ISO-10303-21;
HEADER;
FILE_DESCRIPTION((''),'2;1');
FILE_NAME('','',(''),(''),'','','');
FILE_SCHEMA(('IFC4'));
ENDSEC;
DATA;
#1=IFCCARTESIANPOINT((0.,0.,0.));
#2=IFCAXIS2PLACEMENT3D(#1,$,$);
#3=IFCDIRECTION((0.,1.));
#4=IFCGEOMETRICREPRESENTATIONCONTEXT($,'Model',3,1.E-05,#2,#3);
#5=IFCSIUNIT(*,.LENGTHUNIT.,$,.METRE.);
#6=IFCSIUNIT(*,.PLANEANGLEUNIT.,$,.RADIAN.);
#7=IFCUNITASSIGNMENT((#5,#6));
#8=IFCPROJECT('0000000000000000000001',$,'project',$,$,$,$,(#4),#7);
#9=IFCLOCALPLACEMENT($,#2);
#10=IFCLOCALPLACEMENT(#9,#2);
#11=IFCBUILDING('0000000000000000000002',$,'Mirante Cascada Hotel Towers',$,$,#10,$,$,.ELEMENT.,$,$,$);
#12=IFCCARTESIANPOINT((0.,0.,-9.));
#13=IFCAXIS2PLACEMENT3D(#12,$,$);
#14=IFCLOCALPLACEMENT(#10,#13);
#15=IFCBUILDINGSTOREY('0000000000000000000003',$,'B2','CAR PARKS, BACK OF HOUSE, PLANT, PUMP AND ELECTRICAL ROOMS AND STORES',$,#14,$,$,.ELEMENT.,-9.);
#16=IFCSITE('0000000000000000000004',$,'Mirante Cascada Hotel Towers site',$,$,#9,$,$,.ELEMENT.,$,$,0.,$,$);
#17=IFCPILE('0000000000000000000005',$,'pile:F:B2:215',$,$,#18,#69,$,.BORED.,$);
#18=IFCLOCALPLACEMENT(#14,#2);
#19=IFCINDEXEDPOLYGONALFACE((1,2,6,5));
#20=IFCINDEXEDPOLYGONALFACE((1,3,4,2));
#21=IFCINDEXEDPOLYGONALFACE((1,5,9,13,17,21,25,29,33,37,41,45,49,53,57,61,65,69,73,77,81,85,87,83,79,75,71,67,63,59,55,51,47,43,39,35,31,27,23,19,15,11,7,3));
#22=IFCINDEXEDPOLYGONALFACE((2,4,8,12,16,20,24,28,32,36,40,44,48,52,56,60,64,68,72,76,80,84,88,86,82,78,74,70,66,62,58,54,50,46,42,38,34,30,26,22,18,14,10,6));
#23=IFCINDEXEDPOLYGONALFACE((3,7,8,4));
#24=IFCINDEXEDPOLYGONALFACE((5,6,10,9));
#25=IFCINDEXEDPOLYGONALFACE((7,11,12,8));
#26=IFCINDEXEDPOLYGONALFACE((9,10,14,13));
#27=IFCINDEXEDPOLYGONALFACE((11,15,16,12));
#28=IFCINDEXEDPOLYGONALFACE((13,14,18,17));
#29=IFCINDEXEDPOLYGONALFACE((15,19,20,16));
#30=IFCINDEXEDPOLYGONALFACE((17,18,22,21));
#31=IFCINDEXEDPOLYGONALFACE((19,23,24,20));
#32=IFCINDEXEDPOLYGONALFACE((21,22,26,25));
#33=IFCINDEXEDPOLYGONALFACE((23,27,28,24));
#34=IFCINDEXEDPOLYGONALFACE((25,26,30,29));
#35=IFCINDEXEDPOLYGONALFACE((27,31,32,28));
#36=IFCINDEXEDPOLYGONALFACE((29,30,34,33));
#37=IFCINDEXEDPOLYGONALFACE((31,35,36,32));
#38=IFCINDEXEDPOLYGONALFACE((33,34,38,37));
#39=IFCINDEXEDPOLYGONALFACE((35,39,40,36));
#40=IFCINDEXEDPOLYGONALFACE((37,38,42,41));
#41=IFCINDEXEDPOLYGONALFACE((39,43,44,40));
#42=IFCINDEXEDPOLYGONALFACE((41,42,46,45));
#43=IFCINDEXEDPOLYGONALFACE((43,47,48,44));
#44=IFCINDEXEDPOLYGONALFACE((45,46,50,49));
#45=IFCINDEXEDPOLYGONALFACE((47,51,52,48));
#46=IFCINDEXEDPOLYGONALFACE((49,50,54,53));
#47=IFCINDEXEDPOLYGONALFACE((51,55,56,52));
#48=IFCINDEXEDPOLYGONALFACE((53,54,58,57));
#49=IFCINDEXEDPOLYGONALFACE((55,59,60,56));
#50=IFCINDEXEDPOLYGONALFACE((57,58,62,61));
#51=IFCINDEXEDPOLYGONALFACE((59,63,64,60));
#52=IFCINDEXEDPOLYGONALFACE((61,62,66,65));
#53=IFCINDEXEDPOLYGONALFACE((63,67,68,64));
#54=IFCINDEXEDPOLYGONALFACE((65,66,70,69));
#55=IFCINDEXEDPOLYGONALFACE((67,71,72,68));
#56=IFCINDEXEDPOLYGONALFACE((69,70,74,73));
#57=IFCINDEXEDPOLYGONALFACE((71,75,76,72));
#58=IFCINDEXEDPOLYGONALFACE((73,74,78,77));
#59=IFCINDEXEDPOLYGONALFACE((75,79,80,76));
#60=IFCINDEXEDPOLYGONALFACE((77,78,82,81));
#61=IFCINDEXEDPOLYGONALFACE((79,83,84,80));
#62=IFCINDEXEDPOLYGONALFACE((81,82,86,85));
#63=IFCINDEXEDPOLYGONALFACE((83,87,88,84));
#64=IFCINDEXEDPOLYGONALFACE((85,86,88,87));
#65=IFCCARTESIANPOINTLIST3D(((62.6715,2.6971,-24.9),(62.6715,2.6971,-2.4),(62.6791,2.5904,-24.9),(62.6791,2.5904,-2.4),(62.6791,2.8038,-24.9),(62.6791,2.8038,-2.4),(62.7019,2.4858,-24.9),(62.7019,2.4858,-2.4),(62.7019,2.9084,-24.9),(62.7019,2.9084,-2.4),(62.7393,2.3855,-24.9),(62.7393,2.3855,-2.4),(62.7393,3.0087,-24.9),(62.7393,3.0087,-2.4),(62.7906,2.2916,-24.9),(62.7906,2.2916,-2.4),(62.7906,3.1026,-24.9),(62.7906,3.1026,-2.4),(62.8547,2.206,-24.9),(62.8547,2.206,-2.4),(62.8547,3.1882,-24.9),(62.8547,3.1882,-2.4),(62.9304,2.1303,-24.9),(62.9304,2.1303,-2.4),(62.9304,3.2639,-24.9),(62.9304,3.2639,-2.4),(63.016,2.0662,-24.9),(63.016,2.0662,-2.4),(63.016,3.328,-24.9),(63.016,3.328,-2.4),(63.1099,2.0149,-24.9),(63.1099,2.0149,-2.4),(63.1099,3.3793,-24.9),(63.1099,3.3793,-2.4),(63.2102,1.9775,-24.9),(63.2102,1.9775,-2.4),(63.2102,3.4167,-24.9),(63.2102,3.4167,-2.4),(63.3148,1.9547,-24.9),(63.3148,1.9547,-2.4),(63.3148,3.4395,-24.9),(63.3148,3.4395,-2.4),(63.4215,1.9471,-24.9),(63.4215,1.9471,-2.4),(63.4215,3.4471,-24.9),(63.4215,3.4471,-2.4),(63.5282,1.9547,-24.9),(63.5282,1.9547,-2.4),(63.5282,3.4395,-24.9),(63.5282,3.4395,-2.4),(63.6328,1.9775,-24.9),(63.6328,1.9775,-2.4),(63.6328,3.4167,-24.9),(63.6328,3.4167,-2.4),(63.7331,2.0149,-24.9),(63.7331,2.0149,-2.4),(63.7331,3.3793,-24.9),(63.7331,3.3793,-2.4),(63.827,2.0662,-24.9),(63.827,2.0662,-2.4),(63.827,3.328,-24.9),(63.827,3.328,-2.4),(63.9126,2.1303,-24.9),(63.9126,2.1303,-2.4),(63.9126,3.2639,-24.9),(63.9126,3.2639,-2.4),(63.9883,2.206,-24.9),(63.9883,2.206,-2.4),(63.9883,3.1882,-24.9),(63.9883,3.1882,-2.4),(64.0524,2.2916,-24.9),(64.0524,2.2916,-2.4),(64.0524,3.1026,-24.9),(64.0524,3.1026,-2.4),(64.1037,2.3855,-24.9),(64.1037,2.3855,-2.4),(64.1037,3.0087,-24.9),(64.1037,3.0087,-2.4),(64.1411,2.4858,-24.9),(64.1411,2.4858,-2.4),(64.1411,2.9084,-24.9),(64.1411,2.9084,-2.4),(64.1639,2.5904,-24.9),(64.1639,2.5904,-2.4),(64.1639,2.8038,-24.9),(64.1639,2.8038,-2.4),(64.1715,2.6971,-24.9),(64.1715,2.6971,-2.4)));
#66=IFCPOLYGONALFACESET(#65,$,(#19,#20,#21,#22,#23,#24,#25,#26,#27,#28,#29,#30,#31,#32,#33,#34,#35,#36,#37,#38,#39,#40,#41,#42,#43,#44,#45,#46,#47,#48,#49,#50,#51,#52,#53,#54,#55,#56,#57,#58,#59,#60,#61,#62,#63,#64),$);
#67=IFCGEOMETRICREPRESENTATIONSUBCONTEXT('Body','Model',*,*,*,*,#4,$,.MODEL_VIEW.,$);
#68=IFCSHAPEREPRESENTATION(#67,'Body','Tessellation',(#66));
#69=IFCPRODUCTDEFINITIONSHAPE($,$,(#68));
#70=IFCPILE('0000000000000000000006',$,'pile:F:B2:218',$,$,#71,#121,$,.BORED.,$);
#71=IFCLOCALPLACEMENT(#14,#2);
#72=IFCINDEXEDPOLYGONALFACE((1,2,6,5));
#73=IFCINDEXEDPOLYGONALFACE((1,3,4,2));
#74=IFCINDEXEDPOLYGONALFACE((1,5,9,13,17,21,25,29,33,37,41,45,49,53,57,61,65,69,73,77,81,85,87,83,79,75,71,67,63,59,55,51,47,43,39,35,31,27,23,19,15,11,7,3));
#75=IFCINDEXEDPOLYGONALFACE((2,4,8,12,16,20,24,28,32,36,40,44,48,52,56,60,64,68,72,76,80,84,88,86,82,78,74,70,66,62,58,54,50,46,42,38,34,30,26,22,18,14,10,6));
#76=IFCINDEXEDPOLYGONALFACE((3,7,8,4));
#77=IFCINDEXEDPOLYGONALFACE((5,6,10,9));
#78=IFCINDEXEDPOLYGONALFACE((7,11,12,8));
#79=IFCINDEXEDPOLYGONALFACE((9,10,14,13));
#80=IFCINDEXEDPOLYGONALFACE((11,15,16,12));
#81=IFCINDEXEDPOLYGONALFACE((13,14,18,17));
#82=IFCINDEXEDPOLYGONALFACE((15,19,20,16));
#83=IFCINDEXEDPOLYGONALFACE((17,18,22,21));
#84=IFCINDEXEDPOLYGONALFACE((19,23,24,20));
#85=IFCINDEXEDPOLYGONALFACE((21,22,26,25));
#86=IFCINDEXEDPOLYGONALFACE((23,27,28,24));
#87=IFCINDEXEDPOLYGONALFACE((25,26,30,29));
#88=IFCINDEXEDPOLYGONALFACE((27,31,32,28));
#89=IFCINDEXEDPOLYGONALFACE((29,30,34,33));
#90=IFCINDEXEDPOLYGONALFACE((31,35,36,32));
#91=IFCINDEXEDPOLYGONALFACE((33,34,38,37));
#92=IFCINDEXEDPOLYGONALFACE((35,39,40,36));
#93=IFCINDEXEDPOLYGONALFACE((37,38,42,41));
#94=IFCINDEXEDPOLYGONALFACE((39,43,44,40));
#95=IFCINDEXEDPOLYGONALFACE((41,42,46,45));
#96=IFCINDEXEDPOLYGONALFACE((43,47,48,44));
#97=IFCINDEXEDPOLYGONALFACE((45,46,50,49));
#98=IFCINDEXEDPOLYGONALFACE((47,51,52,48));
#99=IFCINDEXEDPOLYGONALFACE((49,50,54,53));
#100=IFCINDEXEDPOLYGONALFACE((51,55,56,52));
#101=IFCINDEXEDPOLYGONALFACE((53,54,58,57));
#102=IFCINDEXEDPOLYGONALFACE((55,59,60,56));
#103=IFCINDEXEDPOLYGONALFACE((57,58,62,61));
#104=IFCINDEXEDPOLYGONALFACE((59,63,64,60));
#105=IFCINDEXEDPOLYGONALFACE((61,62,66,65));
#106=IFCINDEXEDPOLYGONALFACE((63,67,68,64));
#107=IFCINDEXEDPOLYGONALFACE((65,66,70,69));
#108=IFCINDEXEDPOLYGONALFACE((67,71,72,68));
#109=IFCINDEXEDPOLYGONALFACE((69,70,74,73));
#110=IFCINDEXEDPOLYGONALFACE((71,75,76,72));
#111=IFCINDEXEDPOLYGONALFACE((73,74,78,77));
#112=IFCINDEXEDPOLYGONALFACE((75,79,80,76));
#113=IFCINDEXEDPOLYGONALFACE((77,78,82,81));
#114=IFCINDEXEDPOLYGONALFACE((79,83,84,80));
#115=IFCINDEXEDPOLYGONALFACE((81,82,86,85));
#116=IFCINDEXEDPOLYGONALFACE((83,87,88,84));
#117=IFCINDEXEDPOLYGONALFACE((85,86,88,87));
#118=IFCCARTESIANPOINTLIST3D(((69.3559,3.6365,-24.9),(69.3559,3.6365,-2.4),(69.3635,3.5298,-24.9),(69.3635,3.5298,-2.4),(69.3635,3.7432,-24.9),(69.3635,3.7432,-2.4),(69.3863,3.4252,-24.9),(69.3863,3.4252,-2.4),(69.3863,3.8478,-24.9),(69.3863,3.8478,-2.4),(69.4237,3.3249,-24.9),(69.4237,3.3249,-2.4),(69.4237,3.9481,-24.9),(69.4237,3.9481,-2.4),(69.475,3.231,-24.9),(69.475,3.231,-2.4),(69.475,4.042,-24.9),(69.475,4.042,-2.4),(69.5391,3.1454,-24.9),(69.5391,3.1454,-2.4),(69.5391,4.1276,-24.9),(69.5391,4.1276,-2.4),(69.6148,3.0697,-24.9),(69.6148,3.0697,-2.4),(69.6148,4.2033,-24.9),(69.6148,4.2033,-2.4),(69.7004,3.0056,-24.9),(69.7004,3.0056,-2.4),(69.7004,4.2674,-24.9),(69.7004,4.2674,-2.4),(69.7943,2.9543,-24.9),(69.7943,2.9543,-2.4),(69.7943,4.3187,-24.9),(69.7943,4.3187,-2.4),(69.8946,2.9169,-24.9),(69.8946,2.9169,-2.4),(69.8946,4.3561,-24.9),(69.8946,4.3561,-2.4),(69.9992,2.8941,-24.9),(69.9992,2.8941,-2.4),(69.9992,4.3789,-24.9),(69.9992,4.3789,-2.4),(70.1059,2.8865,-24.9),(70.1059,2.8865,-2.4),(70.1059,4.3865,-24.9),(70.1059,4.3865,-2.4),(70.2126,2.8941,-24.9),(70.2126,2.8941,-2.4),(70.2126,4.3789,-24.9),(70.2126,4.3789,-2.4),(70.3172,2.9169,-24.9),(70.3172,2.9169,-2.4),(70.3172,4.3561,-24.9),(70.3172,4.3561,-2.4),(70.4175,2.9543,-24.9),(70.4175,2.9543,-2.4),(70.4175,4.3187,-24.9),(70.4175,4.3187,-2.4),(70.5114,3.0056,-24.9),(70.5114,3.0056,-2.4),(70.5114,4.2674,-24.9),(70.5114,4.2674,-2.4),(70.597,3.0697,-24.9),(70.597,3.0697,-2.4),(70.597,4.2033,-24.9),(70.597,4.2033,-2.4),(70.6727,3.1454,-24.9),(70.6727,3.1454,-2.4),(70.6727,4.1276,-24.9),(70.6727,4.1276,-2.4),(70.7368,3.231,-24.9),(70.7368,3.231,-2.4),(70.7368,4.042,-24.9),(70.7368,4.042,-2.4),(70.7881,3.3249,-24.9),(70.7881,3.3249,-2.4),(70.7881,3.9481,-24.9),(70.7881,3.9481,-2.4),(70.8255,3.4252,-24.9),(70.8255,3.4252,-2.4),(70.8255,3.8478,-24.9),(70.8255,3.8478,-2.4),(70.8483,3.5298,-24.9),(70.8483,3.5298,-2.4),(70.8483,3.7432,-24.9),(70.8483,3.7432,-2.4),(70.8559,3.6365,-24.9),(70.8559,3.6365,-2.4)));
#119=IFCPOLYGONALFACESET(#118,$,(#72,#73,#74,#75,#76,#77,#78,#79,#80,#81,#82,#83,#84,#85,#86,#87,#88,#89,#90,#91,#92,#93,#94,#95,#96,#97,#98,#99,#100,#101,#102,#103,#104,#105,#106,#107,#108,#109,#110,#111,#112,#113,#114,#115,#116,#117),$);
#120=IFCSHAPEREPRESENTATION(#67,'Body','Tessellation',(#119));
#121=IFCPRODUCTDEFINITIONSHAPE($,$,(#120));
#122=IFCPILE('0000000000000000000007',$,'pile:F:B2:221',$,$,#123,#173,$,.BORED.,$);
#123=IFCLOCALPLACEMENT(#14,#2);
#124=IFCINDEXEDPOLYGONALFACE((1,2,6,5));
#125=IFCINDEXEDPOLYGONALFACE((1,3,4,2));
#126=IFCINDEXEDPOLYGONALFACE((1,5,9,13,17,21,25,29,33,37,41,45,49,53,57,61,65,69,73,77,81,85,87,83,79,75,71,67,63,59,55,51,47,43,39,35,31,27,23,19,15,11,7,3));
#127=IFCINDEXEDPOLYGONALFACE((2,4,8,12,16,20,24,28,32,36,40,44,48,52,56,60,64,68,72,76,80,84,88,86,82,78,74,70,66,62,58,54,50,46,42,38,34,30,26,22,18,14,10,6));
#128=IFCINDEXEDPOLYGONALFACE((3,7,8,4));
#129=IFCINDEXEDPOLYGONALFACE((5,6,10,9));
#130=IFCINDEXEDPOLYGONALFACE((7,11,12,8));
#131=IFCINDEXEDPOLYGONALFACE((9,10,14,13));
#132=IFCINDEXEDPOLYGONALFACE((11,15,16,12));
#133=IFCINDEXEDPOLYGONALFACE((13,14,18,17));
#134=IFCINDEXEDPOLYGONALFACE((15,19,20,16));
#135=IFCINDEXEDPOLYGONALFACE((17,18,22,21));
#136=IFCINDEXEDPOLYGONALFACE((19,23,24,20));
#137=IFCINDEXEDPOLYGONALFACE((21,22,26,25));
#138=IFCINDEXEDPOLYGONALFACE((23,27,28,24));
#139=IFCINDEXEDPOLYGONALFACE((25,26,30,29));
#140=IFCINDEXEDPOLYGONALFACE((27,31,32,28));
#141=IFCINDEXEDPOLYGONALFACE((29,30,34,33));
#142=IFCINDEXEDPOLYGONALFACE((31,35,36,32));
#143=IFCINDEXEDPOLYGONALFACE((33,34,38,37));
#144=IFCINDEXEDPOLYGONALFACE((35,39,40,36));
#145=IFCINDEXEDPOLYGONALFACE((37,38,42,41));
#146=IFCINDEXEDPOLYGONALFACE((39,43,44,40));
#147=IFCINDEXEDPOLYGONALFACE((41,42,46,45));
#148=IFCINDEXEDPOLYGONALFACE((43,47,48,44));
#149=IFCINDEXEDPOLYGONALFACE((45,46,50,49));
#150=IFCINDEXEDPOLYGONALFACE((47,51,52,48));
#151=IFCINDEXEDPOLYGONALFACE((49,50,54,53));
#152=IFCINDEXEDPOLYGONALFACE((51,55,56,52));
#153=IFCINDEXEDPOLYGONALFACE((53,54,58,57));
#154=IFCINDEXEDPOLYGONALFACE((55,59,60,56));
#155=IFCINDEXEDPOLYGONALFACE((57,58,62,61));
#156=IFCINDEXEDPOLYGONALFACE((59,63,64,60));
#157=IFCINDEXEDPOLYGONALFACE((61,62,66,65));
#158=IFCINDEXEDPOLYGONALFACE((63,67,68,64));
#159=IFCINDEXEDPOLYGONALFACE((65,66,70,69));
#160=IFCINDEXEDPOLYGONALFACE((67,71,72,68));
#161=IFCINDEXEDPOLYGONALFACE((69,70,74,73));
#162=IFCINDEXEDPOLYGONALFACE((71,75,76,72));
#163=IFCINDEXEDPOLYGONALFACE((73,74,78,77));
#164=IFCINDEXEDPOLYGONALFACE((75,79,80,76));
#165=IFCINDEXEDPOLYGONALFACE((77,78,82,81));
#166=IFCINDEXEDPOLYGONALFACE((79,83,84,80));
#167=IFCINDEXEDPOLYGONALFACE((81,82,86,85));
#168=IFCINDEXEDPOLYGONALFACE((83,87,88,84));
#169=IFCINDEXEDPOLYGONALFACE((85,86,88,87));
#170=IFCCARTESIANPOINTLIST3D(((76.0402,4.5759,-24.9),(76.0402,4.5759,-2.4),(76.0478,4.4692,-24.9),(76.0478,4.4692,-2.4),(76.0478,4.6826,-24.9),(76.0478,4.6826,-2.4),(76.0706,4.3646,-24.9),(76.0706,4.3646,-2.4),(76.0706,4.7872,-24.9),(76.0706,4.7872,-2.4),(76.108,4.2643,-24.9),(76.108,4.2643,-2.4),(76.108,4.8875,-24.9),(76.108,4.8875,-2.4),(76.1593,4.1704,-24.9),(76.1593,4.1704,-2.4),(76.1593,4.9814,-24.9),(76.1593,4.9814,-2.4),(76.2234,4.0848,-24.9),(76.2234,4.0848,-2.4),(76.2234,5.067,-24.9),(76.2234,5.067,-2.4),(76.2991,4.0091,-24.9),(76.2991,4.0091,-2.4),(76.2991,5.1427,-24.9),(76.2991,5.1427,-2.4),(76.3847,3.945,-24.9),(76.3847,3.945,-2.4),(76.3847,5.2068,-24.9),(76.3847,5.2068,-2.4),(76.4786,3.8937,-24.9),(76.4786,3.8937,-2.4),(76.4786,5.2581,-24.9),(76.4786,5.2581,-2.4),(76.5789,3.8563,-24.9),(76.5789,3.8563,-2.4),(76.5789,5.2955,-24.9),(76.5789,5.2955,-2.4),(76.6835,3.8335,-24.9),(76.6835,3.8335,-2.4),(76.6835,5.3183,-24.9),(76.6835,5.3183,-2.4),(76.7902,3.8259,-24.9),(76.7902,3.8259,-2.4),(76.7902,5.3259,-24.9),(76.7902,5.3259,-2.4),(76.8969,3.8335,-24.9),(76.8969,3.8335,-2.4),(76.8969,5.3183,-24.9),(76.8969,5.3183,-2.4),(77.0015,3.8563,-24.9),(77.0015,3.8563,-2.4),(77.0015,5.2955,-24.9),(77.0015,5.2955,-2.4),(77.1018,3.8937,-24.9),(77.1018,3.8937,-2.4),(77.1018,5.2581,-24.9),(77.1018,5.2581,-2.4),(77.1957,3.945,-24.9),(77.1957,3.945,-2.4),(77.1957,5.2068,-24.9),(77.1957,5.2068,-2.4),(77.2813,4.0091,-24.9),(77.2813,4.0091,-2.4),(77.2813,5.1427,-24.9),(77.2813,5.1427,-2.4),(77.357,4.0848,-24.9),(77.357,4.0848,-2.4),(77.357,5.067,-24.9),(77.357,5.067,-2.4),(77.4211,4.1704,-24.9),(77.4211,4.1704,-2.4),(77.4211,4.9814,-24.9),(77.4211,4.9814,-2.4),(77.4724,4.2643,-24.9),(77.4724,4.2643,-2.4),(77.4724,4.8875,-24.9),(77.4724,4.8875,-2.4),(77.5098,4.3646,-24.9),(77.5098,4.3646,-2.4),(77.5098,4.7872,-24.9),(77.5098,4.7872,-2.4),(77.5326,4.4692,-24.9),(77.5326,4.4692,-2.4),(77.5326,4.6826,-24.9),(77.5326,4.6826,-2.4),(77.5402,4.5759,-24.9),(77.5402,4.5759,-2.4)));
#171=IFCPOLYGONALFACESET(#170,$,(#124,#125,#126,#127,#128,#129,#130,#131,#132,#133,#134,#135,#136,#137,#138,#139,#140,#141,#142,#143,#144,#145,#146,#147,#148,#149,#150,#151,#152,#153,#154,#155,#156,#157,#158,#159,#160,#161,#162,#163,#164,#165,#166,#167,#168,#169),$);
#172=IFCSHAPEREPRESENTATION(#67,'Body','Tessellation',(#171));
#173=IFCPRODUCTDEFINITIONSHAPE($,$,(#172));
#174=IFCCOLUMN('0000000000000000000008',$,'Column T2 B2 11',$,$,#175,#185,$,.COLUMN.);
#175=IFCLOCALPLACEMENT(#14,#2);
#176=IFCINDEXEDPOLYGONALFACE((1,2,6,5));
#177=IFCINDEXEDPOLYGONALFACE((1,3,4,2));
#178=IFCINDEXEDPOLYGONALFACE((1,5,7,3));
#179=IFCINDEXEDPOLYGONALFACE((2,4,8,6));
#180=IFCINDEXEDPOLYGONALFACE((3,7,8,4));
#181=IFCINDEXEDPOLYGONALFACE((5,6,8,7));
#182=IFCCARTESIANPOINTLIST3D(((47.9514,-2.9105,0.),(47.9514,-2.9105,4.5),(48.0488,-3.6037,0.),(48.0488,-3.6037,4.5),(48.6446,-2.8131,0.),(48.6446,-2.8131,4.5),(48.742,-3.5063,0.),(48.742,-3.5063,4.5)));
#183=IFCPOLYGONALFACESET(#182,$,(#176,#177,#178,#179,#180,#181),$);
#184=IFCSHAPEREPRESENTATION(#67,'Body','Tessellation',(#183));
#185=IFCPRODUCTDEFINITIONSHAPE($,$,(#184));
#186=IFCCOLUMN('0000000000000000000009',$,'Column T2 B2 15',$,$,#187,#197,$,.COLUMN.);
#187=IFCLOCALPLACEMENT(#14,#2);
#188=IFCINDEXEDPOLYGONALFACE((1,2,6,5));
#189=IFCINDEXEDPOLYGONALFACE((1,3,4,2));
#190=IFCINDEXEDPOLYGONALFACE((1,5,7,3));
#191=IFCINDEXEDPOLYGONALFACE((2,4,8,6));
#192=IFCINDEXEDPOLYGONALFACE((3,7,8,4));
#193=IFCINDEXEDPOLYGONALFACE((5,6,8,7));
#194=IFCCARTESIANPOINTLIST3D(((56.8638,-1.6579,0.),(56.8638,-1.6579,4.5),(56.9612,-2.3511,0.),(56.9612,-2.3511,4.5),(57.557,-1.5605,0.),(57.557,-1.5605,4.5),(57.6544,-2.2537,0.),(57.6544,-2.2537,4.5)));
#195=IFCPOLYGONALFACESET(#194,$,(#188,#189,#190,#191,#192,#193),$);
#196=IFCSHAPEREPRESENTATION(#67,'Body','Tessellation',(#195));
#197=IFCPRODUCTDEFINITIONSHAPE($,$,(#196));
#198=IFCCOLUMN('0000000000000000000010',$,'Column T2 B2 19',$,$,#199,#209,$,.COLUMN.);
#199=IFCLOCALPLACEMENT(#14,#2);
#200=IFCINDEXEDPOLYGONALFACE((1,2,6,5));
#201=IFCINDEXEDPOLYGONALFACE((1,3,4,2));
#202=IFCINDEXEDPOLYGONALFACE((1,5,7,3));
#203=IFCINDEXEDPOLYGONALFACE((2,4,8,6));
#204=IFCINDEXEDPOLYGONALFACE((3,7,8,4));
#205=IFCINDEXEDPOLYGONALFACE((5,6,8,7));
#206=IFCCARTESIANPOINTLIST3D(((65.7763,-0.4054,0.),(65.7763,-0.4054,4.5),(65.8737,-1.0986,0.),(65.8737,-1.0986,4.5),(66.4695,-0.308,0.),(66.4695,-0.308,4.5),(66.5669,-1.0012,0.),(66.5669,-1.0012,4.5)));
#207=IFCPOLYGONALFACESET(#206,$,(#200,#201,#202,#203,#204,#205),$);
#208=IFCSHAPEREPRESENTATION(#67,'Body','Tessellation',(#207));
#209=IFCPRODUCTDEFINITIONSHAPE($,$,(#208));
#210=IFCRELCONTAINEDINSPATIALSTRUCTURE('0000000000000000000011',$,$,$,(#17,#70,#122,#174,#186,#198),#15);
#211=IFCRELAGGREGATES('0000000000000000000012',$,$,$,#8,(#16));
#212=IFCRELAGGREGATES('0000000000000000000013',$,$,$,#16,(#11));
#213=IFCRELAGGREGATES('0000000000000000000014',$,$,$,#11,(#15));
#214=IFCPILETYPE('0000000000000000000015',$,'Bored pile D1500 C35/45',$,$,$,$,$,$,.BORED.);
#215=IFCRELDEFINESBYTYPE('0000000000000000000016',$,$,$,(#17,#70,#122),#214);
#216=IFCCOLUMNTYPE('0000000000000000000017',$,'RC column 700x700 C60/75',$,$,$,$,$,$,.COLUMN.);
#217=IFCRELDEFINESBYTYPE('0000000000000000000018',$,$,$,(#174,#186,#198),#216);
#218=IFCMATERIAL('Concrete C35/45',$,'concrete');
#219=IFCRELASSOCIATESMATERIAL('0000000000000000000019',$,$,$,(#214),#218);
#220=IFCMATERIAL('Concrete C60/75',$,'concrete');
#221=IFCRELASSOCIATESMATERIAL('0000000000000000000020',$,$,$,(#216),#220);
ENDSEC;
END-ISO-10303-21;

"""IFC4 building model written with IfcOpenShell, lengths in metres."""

from ifc_helpers import new_model, si_unit, direction, frame, origin, origin_2d, place, context, subcontext, project, spatial, rectangle, circle, extrude, material, material_profile, profile_set, type_object, element, save


model = new_model("IFC4")

# Units and contexts
model_context = context("Model", 3, precision=1e-05, world=origin(), true_north=direction((0.0, 1.0)))
body_context = subcontext(model_context, "Body", "Model", "MODEL_VIEW")
ifc_project = project(units=[si_unit("LENGTHUNIT", "METRE"), si_unit("PLANEANGLEUNIT", "RADIAN")], contexts=[model_context])

# Site, building, storey
site_placement = place(None, origin())
site = spatial("IfcSite", under=ifc_project, at=site_placement, Name="Mirante Cascada Hotel Towers site", CompositionType="ELEMENT", RefElevation=0.0)
building_placement = place(site_placement, origin())
building = spatial("IfcBuilding", under=site, at=building_placement, Name="Mirante Cascada Hotel Towers", CompositionType="ELEMENT")
storey_placement = place(building_placement, frame((0.0, 0.0, -9.0)))
storey = spatial("IfcBuildingStorey", under=building, at=storey_placement, Name="B2", Description="CAR PARKS, BACK OF HOUSE, PLANT, PUMP AND ELECTRICAL ROOMS AND STORES", CompositionType="ELEMENT", Elevation=-9.0)

# Piles
ifc_material_1 = material(Name="Concrete C35/45", Category="concrete")
ifc_material_profile_1 = material_profile(ifc_material_1, circle(Radius=0.75, at=origin_2d()), Name="RC D1500")
ifc_profile_set_1 = profile_set([ifc_material_profile_1], Name="Concrete C35/45")
pile_type = type_object("IfcPileType", Name="Bored pile D1500 C35/45", PredefinedType="BORED", material=ifc_profile_set_1)
for number, where, z_axis, x_axis, name in (
    (1, (63.4215, 2.6971, -2.4), (0.0, 0.0, -1.0), (1.0, 0.0, 0.0), "pile:F:B2:215"),
    (2, (70.1059, 3.6365, -2.4), (0.0, 0.0, -1.0), (1.0, 0.0, 0.0), "pile:F:B2:218"),
    (3, (76.7902, 4.5759, -2.4), (0.0, 0.0, -1.0), (1.0, 0.0, 0.0), "pile:F:B2:221"),
):
    element("IfcPile", number, at=place(storey_placement, frame(where, z_axis=z_axis, x_axis=x_axis)), inside=storey, type_object=pile_type, Name=name, PredefinedType="BORED", context=body_context, shape_type="SweptSolid", body=[
        extrude(circle(Radius=0.75, at=origin_2d()), origin(), (0.0, 0.0, 1.0), 22.5),
    ])

# Columns
ifc_material_2 = material(Name="Concrete C60/75", Category="concrete")
ifc_material_profile_2 = material_profile(ifc_material_2, rectangle(XDim=0.7, YDim=0.7, at=origin_2d()), Name="RC column 700x700 C60/75")
ifc_profile_set_2 = profile_set([ifc_material_profile_2], Name="Concrete C60/75")
column_type = type_object("IfcColumnType", Name="RC column 700x700 C60/75", PredefinedType="COLUMN", material=ifc_profile_set_2)
for number, where, z_axis, x_axis, name in (
    (4, (48.3467, -3.2084, 0.0), (0.0, 0.0, 1.0), (0.990268, 0.139173, 0.0), "Column T2 B2 11"),
    (5, (57.2591, -1.9558, 0.0), (0.0, 0.0, 1.0), (0.990268, 0.139173, 0.0), "Column T2 B2 15"),
    (6, (66.1716, -0.7033, 0.0), (0.0, 0.0, 1.0), (0.990268, 0.139173, 0.0), "Column T2 B2 19"),
):
    element("IfcColumn", number, at=place(storey_placement, frame(where, z_axis=z_axis, x_axis=x_axis)), inside=storey, type_object=column_type, Name=name, PredefinedType="COLUMN", context=body_context, shape_type="SweptSolid", body=[
        extrude(rectangle(XDim=0.7, YDim=0.7, at=origin_2d()), origin(), (0.0, 0.0, 1.0), 4.5),
    ])

save(model, "model.ifc")
